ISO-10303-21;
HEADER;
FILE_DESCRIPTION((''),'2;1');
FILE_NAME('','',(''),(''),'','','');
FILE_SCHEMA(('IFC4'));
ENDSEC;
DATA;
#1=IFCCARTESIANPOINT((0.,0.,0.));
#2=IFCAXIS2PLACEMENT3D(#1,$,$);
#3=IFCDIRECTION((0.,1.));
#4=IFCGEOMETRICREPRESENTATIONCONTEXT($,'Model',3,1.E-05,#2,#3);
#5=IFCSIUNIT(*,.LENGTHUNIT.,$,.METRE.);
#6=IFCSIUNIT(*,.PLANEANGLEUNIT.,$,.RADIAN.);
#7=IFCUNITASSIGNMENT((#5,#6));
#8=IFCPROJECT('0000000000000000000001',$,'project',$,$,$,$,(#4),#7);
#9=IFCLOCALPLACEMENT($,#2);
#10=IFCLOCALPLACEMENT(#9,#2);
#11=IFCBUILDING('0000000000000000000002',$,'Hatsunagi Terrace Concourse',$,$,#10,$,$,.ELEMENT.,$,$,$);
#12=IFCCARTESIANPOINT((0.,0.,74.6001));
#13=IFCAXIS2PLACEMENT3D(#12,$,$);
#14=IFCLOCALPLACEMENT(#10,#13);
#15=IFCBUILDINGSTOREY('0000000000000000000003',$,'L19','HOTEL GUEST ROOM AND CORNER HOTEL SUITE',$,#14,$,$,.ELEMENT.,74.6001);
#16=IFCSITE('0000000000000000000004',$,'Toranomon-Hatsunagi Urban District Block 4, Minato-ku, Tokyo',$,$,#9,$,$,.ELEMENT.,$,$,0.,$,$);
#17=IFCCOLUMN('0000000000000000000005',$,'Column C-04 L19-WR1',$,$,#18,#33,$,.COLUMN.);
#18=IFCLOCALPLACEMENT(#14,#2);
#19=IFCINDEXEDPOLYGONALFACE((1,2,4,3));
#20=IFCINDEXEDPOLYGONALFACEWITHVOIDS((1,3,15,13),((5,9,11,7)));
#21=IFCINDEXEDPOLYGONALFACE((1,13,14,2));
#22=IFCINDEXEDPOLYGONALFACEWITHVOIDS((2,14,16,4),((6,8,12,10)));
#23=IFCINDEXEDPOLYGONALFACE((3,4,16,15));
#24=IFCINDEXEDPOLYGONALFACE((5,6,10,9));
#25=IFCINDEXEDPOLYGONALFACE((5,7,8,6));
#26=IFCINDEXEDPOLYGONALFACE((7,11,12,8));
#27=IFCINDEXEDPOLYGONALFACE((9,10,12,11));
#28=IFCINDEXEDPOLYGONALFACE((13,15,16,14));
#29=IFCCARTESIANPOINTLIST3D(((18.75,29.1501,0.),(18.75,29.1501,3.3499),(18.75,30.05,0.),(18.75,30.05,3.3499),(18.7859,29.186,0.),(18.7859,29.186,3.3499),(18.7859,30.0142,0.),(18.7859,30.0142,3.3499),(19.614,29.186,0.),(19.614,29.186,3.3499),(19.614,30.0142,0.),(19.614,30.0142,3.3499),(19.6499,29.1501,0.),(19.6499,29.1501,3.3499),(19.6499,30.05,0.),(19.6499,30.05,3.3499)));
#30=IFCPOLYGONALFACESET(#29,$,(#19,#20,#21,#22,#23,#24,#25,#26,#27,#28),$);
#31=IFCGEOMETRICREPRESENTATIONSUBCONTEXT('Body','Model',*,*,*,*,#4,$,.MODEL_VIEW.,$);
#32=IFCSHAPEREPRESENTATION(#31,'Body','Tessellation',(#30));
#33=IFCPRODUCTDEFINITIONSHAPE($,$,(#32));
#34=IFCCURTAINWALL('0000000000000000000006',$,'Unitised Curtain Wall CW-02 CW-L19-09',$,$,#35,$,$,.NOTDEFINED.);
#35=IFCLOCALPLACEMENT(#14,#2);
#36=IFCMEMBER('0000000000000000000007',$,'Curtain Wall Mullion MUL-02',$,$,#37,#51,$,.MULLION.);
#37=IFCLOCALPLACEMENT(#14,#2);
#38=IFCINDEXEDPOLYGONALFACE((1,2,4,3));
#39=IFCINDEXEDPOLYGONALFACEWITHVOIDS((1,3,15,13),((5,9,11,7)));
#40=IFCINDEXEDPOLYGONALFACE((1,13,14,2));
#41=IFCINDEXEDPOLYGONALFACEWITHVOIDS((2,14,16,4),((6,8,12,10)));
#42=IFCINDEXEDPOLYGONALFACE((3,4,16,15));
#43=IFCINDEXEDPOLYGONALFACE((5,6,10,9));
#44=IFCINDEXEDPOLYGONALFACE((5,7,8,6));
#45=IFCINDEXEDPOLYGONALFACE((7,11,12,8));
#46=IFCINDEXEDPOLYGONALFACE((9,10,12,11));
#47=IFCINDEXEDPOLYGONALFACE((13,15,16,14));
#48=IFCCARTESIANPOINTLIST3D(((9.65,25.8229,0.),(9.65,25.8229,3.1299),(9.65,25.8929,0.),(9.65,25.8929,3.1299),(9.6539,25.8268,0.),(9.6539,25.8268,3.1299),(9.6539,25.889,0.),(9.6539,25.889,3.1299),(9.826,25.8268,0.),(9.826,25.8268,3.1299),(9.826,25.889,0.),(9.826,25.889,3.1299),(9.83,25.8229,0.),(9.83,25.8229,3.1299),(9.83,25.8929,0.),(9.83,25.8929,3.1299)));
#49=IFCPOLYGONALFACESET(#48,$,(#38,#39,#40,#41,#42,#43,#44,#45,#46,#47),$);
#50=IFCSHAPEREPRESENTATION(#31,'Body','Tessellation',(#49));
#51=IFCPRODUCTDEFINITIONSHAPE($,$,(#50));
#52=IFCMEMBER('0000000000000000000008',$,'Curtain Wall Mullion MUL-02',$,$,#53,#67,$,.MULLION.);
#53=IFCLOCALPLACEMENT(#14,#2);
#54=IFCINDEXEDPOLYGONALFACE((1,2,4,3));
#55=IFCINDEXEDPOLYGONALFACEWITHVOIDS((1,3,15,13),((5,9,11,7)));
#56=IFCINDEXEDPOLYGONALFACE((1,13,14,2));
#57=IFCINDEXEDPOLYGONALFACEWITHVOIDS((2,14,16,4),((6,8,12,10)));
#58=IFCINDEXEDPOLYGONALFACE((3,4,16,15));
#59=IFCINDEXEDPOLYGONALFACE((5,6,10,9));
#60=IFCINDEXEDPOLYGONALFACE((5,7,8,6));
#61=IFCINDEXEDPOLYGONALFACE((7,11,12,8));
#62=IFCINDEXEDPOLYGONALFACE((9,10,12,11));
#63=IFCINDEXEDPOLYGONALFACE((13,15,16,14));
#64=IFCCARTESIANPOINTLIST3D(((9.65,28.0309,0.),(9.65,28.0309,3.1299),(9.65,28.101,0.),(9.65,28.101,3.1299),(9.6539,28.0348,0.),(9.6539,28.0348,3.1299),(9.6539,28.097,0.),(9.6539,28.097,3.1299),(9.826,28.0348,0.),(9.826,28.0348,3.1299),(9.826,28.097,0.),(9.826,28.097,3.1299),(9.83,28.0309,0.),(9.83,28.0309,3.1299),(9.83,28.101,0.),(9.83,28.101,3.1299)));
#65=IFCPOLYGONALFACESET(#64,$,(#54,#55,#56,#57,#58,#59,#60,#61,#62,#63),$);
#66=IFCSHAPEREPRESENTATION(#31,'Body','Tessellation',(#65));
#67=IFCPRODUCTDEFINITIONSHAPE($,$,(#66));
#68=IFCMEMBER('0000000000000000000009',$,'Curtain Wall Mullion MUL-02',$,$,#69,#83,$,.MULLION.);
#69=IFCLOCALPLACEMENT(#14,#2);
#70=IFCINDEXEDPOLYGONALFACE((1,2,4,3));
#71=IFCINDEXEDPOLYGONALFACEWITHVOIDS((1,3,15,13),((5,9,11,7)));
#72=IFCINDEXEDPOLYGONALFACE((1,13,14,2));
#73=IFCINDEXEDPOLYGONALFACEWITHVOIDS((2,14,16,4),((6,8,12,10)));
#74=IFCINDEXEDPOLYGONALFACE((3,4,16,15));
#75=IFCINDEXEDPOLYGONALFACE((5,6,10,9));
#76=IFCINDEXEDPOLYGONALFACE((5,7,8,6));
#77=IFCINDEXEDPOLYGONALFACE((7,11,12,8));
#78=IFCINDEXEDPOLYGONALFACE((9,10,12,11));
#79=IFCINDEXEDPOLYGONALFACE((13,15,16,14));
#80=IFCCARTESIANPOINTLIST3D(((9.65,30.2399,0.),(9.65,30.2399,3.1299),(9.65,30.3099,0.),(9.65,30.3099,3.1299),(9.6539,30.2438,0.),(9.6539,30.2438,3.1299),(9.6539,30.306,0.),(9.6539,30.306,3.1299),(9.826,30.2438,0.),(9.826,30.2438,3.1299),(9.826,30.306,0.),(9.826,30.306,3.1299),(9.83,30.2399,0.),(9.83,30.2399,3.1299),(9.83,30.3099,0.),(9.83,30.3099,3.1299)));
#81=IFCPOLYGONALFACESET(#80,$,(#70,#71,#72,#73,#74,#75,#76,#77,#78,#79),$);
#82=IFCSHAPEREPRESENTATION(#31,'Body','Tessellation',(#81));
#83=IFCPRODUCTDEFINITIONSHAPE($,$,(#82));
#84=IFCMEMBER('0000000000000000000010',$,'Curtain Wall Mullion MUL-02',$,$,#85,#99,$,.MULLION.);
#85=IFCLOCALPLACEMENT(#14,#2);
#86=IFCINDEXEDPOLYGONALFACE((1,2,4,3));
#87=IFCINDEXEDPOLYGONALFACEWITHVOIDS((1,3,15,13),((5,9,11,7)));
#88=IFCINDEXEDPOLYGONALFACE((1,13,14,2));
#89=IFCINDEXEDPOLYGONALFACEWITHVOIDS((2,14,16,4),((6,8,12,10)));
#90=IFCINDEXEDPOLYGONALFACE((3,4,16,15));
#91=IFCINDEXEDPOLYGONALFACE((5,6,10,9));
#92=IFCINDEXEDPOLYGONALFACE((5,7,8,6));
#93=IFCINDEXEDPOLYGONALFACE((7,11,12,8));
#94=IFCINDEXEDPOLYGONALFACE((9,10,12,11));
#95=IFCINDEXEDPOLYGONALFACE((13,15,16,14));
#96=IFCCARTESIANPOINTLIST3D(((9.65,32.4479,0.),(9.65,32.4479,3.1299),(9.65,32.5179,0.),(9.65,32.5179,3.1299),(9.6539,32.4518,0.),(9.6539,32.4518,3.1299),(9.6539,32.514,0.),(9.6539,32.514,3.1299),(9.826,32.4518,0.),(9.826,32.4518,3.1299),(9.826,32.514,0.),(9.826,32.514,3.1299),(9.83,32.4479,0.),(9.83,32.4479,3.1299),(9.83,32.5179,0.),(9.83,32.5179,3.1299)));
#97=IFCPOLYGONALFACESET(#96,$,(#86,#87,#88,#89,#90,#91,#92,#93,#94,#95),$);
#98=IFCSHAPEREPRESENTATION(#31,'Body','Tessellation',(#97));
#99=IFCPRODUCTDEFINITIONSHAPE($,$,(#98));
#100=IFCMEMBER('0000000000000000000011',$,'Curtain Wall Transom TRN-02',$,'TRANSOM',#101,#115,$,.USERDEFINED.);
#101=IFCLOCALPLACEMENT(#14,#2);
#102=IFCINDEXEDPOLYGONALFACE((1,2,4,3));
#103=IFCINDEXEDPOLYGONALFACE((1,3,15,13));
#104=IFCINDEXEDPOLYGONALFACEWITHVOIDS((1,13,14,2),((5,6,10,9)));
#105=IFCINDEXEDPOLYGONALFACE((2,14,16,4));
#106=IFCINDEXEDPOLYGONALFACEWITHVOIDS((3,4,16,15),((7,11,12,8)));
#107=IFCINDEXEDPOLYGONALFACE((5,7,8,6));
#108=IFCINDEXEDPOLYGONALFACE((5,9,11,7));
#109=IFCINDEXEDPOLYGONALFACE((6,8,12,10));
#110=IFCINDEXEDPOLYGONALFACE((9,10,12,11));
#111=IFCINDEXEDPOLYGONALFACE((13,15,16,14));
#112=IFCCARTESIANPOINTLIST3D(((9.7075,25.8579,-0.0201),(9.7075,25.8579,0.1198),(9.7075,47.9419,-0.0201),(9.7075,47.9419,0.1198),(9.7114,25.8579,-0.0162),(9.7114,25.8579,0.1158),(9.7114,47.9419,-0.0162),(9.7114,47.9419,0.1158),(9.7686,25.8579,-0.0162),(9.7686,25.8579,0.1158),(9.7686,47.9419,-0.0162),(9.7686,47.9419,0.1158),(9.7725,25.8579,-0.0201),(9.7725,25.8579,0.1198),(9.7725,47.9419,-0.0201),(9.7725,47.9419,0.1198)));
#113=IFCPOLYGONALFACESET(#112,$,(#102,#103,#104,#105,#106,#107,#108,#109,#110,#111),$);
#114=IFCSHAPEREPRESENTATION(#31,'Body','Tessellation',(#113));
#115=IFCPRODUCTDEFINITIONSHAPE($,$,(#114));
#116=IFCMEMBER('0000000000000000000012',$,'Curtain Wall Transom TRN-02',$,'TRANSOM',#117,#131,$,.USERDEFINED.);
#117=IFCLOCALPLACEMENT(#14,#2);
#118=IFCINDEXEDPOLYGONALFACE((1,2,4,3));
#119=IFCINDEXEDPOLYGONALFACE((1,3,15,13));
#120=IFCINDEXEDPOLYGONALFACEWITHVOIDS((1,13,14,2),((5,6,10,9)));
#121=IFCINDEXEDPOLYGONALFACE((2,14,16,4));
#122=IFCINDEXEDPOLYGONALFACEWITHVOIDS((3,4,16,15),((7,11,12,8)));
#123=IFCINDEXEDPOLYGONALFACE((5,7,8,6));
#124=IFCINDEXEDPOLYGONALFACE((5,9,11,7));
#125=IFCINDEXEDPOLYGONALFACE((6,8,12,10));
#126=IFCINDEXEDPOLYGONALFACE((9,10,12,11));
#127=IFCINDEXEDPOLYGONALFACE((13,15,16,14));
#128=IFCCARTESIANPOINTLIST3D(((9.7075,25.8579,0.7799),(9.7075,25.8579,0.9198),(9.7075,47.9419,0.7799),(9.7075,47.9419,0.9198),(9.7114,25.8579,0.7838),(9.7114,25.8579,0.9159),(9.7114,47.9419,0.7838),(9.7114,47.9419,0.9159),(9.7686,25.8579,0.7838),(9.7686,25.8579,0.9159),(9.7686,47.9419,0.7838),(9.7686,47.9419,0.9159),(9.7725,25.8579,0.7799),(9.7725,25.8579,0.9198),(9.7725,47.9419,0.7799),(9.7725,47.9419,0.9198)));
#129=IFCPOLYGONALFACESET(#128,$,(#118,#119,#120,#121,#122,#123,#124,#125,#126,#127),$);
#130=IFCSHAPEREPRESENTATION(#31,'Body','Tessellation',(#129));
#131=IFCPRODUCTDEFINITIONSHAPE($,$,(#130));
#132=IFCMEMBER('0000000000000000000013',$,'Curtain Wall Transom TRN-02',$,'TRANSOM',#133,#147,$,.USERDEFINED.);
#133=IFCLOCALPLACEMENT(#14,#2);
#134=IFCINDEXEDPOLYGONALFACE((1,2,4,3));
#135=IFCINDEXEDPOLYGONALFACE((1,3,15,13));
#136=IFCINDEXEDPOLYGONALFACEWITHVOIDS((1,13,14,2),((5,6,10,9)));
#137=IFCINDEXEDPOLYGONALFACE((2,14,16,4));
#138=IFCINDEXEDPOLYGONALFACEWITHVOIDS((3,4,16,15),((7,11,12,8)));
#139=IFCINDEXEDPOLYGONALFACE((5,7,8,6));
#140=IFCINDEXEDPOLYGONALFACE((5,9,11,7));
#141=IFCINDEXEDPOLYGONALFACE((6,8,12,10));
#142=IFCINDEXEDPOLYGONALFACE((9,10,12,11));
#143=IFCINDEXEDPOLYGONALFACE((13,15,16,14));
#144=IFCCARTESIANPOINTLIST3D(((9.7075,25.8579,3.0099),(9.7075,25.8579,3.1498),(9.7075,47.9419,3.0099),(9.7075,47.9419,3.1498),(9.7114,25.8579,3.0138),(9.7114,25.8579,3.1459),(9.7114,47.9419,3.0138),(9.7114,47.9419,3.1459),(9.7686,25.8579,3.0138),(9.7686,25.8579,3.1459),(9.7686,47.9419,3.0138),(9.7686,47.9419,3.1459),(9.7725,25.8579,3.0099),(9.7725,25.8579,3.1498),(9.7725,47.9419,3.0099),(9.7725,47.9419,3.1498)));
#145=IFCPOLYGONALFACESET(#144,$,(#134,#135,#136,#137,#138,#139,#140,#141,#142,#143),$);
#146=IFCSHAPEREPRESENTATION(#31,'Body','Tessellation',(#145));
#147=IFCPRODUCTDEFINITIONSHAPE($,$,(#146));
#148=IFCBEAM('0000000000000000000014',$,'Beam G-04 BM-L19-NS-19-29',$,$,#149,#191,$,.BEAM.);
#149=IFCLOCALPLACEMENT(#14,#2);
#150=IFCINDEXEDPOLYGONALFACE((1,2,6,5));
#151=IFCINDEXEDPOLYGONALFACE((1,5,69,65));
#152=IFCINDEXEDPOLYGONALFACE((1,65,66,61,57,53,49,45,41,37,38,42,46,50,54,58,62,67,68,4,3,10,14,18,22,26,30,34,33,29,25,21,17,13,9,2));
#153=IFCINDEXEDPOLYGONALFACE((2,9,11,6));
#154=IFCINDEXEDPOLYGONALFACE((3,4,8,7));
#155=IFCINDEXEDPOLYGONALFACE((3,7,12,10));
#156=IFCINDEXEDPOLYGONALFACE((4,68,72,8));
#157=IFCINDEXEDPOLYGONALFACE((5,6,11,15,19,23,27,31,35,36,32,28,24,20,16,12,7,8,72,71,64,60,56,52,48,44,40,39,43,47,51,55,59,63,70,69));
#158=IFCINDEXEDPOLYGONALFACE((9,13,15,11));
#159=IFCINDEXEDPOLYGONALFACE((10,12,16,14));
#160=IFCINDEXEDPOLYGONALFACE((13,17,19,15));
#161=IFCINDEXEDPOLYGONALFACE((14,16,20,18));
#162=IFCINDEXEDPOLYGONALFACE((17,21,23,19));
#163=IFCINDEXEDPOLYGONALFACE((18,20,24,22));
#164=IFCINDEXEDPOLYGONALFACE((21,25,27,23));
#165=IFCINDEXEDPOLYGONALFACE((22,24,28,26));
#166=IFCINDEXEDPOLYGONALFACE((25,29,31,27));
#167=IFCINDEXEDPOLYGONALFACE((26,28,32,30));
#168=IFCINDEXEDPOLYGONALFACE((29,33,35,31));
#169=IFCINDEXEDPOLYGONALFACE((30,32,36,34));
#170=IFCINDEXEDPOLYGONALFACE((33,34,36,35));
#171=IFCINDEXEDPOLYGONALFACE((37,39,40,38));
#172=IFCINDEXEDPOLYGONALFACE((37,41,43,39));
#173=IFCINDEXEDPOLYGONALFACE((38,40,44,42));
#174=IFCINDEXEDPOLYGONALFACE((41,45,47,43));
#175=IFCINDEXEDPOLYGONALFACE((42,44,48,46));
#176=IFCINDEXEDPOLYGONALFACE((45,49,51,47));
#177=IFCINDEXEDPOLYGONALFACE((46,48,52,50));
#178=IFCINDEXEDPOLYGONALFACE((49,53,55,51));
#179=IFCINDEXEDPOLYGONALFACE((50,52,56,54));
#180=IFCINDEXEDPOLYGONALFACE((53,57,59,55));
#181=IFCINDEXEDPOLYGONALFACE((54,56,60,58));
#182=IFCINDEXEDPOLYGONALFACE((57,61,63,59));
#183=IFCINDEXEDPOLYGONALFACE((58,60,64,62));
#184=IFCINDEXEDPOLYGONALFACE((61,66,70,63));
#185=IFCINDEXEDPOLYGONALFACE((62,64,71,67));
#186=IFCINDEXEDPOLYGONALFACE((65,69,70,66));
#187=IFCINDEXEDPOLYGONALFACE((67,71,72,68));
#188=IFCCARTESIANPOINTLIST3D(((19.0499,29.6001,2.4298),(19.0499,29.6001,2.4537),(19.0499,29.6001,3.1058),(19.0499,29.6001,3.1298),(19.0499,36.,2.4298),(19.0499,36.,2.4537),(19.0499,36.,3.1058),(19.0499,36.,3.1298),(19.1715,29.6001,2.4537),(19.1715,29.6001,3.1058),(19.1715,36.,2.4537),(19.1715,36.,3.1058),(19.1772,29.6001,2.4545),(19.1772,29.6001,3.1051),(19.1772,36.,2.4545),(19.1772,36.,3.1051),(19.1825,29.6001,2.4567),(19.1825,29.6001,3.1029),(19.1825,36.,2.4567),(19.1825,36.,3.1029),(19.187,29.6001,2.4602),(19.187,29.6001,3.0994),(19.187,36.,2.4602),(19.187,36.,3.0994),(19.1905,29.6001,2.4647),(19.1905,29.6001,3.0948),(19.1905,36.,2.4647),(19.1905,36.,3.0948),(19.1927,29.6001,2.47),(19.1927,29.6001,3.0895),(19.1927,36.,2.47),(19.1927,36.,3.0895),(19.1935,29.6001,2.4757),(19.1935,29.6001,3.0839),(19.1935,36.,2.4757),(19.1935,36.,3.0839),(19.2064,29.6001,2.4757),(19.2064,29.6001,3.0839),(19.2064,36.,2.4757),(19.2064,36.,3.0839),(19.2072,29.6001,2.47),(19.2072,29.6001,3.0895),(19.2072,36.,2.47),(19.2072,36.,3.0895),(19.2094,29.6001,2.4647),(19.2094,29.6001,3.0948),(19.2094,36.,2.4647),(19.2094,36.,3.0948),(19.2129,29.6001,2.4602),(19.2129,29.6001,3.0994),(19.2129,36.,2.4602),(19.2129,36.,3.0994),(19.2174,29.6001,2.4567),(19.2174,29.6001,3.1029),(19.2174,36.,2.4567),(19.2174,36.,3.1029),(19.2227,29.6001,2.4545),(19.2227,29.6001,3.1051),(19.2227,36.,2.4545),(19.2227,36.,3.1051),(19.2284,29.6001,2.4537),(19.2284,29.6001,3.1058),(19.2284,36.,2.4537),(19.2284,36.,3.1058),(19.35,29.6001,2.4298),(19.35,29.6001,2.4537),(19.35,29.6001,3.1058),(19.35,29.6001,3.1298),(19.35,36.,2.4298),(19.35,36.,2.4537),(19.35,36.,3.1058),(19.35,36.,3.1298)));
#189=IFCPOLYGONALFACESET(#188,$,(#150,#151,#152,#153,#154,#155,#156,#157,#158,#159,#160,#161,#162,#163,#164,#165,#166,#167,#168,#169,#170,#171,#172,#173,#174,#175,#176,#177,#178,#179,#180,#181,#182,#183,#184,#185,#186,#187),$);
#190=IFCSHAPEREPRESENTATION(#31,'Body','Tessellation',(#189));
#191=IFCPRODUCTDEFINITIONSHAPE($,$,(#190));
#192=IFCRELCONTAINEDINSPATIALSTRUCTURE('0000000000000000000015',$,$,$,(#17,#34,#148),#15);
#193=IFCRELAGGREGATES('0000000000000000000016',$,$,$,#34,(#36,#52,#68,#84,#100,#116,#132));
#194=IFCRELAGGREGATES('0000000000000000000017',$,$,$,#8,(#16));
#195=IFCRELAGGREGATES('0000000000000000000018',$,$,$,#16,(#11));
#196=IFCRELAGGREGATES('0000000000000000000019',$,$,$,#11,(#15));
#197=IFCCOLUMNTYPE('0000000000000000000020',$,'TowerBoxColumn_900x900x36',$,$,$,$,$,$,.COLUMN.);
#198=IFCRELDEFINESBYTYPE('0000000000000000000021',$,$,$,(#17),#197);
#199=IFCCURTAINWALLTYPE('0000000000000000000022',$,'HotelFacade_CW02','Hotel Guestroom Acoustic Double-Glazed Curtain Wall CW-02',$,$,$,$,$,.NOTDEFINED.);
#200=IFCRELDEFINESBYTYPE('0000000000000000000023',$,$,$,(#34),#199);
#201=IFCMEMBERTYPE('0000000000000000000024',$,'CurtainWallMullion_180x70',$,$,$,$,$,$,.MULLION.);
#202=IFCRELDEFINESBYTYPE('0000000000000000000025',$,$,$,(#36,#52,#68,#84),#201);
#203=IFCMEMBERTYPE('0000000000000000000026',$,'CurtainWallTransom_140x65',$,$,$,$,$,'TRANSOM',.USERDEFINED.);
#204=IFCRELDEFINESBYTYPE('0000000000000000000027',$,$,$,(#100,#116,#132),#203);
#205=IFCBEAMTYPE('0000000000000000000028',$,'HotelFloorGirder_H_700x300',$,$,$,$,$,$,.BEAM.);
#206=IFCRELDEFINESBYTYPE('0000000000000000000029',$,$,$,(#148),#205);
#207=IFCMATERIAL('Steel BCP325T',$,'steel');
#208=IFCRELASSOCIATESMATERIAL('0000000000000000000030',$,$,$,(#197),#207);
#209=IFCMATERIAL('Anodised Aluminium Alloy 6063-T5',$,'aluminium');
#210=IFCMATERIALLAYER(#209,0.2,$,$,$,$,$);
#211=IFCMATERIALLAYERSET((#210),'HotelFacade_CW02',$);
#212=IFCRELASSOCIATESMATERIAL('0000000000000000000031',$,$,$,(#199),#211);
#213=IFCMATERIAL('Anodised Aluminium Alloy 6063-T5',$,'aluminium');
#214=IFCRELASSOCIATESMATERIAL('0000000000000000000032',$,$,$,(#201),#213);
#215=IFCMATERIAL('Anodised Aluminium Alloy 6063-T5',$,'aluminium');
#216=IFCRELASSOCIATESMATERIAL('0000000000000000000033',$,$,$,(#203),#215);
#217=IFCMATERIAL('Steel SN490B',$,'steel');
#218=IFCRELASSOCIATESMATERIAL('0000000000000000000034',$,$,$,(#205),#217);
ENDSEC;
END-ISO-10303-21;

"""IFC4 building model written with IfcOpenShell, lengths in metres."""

from ifc_helpers import new_model, si_unit, direction, frame, origin, origin_2d, place, context, subcontext, project, spatial, hollow_rectangle, i_section, extrude, material, layer, layer_set, material_profile, profile_set, type_object, element, aggregate, save


model = new_model("IFC4")

# Units and contexts
model_context = context("Model", 3, precision=1e-05, world=origin(), true_north=direction((0.0, 1.0)))
body_context = subcontext(model_context, "Body", "Model", "MODEL_VIEW")
ifc_project = project(units=[si_unit("LENGTHUNIT", "METRE"), si_unit("PLANEANGLEUNIT", "RADIAN")], contexts=[model_context])

# Site, building, storey
site_placement = place(None, origin())
site = spatial("IfcSite", under=ifc_project, at=site_placement, Name="Toranomon-Hatsunagi Urban District Block 4, Minato-ku, Tokyo", CompositionType="ELEMENT", RefElevation=0.0)
building_placement = place(site_placement, origin())
building = spatial("IfcBuilding", under=site, at=building_placement, Name="Hatsunagi Terrace Concourse", CompositionType="ELEMENT")
storey_placement = place(building_placement, frame((0.0, 0.0, 74.6001)))
storey = spatial("IfcBuildingStorey", under=building, at=storey_placement, Name="L19", Description="HOTEL GUEST ROOM AND CORNER HOTEL SUITE", CompositionType="ELEMENT", Elevation=74.6001)

# Column
ifc_material_1 = material(Name="Steel BCP325T", Category="steel")
ifc_material_profile_1 = material_profile(ifc_material_1, hollow_rectangle(XDim=0.8999, YDim=0.8999, WallThickness=0.0359, at=origin_2d()), Name="BCP-900x900x36")
ifc_profile_set_1 = profile_set([ifc_material_profile_1], Name="Steel BCP325T")
column_type = type_object("IfcColumnType", Name="TowerBoxColumn_900x900x36", PredefinedType="COLUMN", material=ifc_profile_set_1)
column_placement = place(storey_placement, frame((19.2, 29.6001, 0.0), z_axis=(0.0, 0.0, 1.0), x_axis=(1.0, 0.0, 0.0)))
element("IfcColumn", 1, at=column_placement, inside=storey, type_object=column_type, Name="Column C-04 L19-WR1", PredefinedType="COLUMN", context=body_context, shape_type="SweptSolid", body=[
    extrude(hollow_rectangle(XDim=0.8999, YDim=0.8999, WallThickness=0.0359, at=origin_2d()), origin(), (0.0, 0.0, 1.0), 3.3499),
])

# Curtain wall, members
ifc_material_2 = material(Name="Anodised Aluminium Alloy 6063-T5", Category="aluminium")
ifc_layer_1 = layer(ifc_material_2, 0.2)
ifc_layer_set_1 = layer_set([ifc_layer_1], Name="HotelFacade_CW02")
curtain_wall_type = type_object("IfcCurtainWallType", Name="HotelFacade_CW02", Description="Hotel Guestroom Acoustic Double-Glazed Curtain Wall CW-02", PredefinedType="NOTDEFINED", material=ifc_layer_set_1)
curtain_wall_placement = place(storey_placement, origin())
curtain_wall = element("IfcCurtainWall", 2, at=curtain_wall_placement, inside=storey, type_object=curtain_wall_type, Name="Unitised Curtain Wall CW-02 CW-L19-09", PredefinedType="NOTDEFINED")
ifc_material_3 = material(Name="Anodised Aluminium Alloy 6063-T5", Category="aluminium")
ifc_material_profile_2 = material_profile(ifc_material_3, hollow_rectangle(XDim=0.0701, YDim=0.1799, WallThickness=0.0039, at=origin_2d()), Name="ALU-MUL-180x70x4")
ifc_profile_set_2 = profile_set([ifc_material_profile_2], Name="Anodised Aluminium Alloy 6063-T5")
member_type_1 = type_object("IfcMemberType", Name="CurtainWallMullion_180x70", PredefinedType="MULLION", material=ifc_profile_set_2)
member_1_placement = place(storey_placement, frame((9.74, 25.8579, 0.0), z_axis=(0.0, 0.0, 1.0), x_axis=(0.0, 1.0, 0.0)))
member_1 = element("IfcMember", 3, at=member_1_placement, type_object=member_type_1, Name="Curtain Wall Mullion MUL-02", PredefinedType="MULLION", context=body_context, shape_type="SweptSolid", body=[
    extrude(hollow_rectangle(XDim=0.0701, YDim=0.1799, WallThickness=0.0039, at=origin_2d()), origin(), (0.0, 0.0, 1.0), 3.1299),
])
member_2_placement = place(storey_placement, frame((9.74, 28.0659, 0.0), z_axis=(0.0, 0.0, 1.0), x_axis=(0.0, 1.0, 0.0)))
member_2 = element("IfcMember", 4, at=member_2_placement, type_object=member_type_1, Name="Curtain Wall Mullion MUL-02", PredefinedType="MULLION", context=body_context, shape_type="SweptSolid", body=[
    extrude(hollow_rectangle(XDim=0.0701, YDim=0.1799, WallThickness=0.0039, at=origin_2d()), origin(), (0.0, 0.0, 1.0), 3.1299),
])
member_3_placement = place(storey_placement, frame((9.74, 30.2749, 0.0), z_axis=(0.0, 0.0, 1.0), x_axis=(0.0, 1.0, 0.0)))
member_3 = element("IfcMember", 5, at=member_3_placement, type_object=member_type_1, Name="Curtain Wall Mullion MUL-02", PredefinedType="MULLION", context=body_context, shape_type="SweptSolid", body=[
    extrude(hollow_rectangle(XDim=0.0701, YDim=0.1799, WallThickness=0.0039, at=origin_2d()), origin(), (0.0, 0.0, 1.0), 3.1299),
])
member_4_placement = place(storey_placement, frame((9.74, 32.4829, 0.0), z_axis=(0.0, 0.0, 1.0), x_axis=(0.0, 1.0, 0.0)))
member_4 = element("IfcMember", 6, at=member_4_placement, type_object=member_type_1, Name="Curtain Wall Mullion MUL-02", PredefinedType="MULLION", context=body_context, shape_type="SweptSolid", body=[
    extrude(hollow_rectangle(XDim=0.0701, YDim=0.1799, WallThickness=0.0039, at=origin_2d()), origin(), (0.0, 0.0, 1.0), 3.1299),
])
ifc_material_4 = material(Name="Anodised Aluminium Alloy 6063-T5", Category="aluminium")
ifc_material_profile_3 = material_profile(ifc_material_4, hollow_rectangle(XDim=0.0649, YDim=0.1399, WallThickness=0.0039, at=origin_2d()), Name="ALU-TRN-140x65x4")
ifc_profile_set_3 = profile_set([ifc_material_profile_3], Name="Anodised Aluminium Alloy 6063-T5")
member_type_2 = type_object("IfcMemberType", Name="CurtainWallTransom_140x65", ElementType="TRANSOM", PredefinedType="USERDEFINED", material=ifc_profile_set_3)
member_5_placement = place(storey_placement, frame((9.74, 25.8579, 0.0498), z_axis=(0.0, 1.0, 0.0), x_axis=(-1.0, 0.0, 0.0)))
member_5 = element("IfcMember", 7, at=member_5_placement, type_object=member_type_2, Name="Curtain Wall Transom TRN-02", ObjectType="TRANSOM", PredefinedType="USERDEFINED", context=body_context, shape_type="SweptSolid", body=[
    extrude(hollow_rectangle(XDim=0.0649, YDim=0.1399, WallThickness=0.0039, at=origin_2d()), origin(), (0.0, 0.0, 1.0), 22.084),
])
member_6_placement = place(storey_placement, frame((9.74, 25.8579, 0.8499), z_axis=(0.0, 1.0, 0.0), x_axis=(-1.0, 0.0, 0.0)))
member_6 = element("IfcMember", 8, at=member_6_placement, type_object=member_type_2, Name="Curtain Wall Transom TRN-02", ObjectType="TRANSOM", PredefinedType="USERDEFINED", context=body_context, shape_type="SweptSolid", body=[
    extrude(hollow_rectangle(XDim=0.0649, YDim=0.1399, WallThickness=0.0039, at=origin_2d()), origin(), (0.0, 0.0, 1.0), 22.084),
])
member_7_placement = place(storey_placement, frame((9.74, 25.8579, 3.0798), z_axis=(0.0, 1.0, 0.0), x_axis=(-1.0, 0.0, 0.0)))
member_7 = element("IfcMember", 9, at=member_7_placement, type_object=member_type_2, Name="Curtain Wall Transom TRN-02", ObjectType="TRANSOM", PredefinedType="USERDEFINED", context=body_context, shape_type="SweptSolid", body=[
    extrude(hollow_rectangle(XDim=0.0649, YDim=0.1399, WallThickness=0.0039, at=origin_2d()), origin(), (0.0, 0.0, 1.0), 22.084),
])

# Beam
ifc_material_5 = material(Name="Steel SN490B", Category="steel")
ifc_material_profile_4 = material_profile(ifc_material_5, i_section(OverallWidth=0.3, OverallDepth=0.7, WebThickness=0.0129, FlangeThickness=0.0239, FilletRadius=0.022, at=origin_2d()), Name="H-700x300x13x24")
ifc_profile_set_4 = profile_set([ifc_material_profile_4], Name="Steel SN490B")
beam_type_1 = type_object("IfcBeamType", Name="HotelFloorGirder_H_700x300", PredefinedType="BEAM", material=ifc_profile_set_4)
beam_1_placement = place(storey_placement, frame((19.2, 29.6001, 2.7798), z_axis=(0.0, 1.0, 0.0), x_axis=(-1.0, 0.0, 0.0)))
element("IfcBeam", 10, at=beam_1_placement, inside=storey, type_object=beam_type_1, Name="Beam G-04 BM-L19-NS-19-29", PredefinedType="BEAM", context=body_context, shape_type="SweptSolid", body=[
    extrude(i_section(OverallWidth=0.3, OverallDepth=0.7, WebThickness=0.0129, FlangeThickness=0.0239, FilletRadius=0.022, at=origin_2d()), origin(), (0.0, 0.0, 1.0), 6.3999),
])

aggregate(curtain_wall, [member_1, member_2, member_3, member_4, member_5, member_6, member_7])

save(model, "model.ifc")
